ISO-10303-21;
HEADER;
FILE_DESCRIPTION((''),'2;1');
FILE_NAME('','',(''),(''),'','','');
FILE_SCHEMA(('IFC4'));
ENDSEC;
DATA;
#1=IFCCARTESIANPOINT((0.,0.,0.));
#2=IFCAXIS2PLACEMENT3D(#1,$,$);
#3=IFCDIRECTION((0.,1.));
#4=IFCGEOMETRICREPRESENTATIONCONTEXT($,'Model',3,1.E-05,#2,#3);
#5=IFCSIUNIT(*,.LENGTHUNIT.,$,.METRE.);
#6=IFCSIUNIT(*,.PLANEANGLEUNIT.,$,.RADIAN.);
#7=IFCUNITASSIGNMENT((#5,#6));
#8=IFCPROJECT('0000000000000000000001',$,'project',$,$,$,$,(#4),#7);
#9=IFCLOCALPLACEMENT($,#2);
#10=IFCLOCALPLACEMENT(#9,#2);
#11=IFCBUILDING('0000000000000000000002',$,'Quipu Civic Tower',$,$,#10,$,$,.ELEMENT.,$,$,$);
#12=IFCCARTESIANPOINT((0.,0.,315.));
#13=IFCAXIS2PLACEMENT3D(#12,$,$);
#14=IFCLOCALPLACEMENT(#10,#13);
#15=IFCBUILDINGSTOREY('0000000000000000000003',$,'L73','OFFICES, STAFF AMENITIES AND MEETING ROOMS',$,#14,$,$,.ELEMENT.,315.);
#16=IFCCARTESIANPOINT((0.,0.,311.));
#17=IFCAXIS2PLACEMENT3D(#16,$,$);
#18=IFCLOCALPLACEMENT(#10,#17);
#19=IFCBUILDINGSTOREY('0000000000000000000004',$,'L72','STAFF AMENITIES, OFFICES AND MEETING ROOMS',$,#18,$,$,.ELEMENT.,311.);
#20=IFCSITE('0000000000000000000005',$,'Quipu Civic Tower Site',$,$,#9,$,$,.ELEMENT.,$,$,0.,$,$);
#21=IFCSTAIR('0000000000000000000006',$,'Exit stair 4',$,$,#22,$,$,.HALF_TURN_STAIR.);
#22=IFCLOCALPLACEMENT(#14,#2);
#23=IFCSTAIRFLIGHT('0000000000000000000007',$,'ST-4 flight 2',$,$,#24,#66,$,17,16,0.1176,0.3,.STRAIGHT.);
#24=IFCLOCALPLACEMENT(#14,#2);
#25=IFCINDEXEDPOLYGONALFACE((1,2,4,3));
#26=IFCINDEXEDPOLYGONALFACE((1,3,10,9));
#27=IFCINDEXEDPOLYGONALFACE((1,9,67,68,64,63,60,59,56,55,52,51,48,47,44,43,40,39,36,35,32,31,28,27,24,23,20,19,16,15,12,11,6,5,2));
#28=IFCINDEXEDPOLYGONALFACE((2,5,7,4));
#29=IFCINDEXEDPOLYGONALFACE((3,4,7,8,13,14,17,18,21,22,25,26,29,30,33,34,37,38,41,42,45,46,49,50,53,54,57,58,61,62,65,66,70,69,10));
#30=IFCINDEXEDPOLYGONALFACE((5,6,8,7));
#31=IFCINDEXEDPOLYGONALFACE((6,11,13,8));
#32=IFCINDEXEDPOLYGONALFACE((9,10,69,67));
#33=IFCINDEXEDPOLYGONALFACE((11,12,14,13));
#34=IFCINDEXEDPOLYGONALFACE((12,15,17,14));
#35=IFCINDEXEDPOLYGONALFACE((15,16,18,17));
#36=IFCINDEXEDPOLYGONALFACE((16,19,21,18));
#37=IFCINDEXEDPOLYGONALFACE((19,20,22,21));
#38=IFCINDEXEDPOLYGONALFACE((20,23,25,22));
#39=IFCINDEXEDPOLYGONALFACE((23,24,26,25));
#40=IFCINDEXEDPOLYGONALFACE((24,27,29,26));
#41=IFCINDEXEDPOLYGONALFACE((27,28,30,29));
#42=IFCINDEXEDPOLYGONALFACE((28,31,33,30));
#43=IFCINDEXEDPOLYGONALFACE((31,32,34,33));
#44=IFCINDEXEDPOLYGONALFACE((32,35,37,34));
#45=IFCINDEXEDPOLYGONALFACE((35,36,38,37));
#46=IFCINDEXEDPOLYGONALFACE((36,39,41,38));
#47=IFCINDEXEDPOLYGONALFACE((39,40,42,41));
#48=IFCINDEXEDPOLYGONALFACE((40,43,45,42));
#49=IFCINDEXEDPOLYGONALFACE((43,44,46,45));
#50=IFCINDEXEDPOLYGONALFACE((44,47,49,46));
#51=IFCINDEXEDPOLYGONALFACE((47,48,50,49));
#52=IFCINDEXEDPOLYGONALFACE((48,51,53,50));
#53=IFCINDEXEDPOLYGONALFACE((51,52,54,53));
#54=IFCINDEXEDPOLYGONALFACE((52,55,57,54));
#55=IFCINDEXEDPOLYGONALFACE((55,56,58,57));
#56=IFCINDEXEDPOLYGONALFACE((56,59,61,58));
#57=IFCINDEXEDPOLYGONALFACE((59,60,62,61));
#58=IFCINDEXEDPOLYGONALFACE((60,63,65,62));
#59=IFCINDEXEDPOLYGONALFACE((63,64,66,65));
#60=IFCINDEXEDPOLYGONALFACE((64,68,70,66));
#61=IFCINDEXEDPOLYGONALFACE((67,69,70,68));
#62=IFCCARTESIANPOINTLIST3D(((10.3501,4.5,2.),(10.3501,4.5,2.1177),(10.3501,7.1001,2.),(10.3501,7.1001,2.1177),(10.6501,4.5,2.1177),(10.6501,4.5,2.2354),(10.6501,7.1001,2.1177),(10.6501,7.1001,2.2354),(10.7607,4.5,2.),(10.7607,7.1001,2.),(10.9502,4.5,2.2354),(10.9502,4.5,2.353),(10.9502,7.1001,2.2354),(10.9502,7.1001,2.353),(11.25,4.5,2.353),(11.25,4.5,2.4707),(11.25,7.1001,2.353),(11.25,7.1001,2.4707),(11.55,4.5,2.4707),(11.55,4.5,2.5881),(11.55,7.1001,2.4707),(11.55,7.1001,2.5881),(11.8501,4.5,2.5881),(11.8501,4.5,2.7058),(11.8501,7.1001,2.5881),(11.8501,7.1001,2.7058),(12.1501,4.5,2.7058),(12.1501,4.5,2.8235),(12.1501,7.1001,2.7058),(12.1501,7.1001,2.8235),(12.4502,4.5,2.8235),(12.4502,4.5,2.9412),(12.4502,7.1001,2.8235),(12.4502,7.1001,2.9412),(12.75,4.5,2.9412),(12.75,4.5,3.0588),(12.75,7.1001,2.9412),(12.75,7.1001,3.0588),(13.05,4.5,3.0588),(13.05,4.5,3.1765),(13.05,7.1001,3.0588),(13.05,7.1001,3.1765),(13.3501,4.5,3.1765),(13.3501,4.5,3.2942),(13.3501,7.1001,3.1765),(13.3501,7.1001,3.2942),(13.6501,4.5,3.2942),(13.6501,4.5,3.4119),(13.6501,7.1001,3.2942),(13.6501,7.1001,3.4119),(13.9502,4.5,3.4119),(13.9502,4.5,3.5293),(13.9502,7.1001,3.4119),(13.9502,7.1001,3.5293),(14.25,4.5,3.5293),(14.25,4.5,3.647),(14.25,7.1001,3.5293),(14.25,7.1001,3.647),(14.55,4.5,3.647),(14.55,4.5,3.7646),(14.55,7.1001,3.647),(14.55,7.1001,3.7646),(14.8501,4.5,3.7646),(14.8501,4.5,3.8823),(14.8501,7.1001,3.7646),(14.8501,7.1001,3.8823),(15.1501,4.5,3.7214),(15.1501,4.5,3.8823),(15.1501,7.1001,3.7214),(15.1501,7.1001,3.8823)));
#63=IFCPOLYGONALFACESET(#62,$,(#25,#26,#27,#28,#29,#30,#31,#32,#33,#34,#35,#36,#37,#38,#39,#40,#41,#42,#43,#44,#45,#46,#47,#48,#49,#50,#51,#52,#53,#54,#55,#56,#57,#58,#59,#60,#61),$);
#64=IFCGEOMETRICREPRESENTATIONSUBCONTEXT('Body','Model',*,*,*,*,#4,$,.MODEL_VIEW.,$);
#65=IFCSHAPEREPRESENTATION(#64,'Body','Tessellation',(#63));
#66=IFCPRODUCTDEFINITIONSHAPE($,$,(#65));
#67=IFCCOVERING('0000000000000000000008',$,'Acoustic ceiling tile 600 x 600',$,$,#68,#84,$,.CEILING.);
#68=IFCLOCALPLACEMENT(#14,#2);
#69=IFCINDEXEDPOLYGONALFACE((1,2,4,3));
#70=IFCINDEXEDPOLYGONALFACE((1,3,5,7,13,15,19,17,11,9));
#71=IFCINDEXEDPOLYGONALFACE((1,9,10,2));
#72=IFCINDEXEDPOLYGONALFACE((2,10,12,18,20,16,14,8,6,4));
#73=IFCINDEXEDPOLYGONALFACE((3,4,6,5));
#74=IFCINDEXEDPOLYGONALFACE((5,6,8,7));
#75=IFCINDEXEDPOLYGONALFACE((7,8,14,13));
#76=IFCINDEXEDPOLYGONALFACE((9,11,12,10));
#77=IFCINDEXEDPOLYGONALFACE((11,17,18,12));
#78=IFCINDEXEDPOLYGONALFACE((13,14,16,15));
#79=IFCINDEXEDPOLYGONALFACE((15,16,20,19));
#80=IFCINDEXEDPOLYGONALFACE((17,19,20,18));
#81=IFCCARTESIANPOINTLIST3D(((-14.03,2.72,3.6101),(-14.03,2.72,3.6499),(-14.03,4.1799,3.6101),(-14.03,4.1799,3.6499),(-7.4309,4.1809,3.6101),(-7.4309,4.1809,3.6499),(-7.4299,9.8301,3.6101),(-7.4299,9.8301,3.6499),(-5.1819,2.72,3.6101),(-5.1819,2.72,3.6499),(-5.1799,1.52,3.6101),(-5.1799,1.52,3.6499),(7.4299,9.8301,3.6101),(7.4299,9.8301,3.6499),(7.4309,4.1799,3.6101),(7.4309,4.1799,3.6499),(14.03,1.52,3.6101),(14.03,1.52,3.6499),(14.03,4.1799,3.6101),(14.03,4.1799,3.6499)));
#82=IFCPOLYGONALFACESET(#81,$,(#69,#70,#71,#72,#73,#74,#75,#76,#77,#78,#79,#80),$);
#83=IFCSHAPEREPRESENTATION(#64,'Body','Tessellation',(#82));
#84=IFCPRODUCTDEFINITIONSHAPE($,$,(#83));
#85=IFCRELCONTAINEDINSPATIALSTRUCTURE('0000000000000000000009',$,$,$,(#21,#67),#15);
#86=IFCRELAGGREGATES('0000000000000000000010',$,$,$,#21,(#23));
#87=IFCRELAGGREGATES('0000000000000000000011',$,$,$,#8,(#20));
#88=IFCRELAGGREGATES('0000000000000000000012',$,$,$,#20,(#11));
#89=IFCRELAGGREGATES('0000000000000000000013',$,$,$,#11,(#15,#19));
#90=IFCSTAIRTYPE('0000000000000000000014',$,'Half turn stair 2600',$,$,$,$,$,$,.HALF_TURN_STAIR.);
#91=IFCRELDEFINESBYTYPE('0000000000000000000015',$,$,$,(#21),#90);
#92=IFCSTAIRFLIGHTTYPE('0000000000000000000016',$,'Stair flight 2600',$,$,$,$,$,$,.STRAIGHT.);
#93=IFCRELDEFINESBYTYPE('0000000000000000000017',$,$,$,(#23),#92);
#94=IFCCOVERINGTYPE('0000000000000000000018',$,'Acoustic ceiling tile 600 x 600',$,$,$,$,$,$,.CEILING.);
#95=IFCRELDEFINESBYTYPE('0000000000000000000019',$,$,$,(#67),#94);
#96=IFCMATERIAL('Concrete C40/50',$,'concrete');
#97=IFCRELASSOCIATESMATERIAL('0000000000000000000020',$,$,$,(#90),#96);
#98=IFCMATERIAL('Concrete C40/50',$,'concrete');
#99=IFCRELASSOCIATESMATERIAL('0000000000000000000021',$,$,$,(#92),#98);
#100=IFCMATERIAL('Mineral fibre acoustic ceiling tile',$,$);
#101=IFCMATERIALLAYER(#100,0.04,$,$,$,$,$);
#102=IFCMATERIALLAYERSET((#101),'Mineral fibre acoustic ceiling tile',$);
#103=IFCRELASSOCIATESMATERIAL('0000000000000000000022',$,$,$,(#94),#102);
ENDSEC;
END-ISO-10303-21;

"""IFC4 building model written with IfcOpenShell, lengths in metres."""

from ifc_helpers import new_model, si_unit, direction, frame, origin, place, context, subcontext, project, spatial, polyline, outline, extrude, material, layer, layer_set, type_object, element, aggregate, save


model = new_model("IFC4")

# Units and contexts
model_context = context("Model", 3, precision=1e-05, world=origin(), true_north=direction((0.0, 1.0)))
body_context = subcontext(model_context, "Body", "Model", "MODEL_VIEW")
ifc_project = project(units=[si_unit("LENGTHUNIT", "METRE"), si_unit("PLANEANGLEUNIT", "RADIAN")], contexts=[model_context])

# Site, building, storey
site_placement = place(None, origin())
site = spatial("IfcSite", under=ifc_project, at=site_placement, Name="Quipu Civic Tower Site", CompositionType="ELEMENT", RefElevation=0.0)
building_placement = place(site_placement, origin())
building = spatial("IfcBuilding", under=site, at=building_placement, Name="Quipu Civic Tower", CompositionType="ELEMENT")
storey_1_placement = place(building_placement, frame((0.0, 0.0, 315.0)))
storey_1 = spatial("IfcBuildingStorey", under=building, at=storey_1_placement, Name="L73", Description="OFFICES, STAFF AMENITIES AND MEETING ROOMS", CompositionType="ELEMENT", Elevation=315.0)

# Shared definitions
storey_2_placement = place(building_placement, frame((0.0, 0.0, 311.0)))
storey_2 = spatial("IfcBuildingStorey", under=building, at=storey_2_placement, Name="L72", Description="STAFF AMENITIES, OFFICES AND MEETING ROOMS", CompositionType="ELEMENT", Elevation=311.0)

# Stair, stair flight
ifc_material_1 = material(Name="Concrete C40/50", Category="concrete")
stair_type = type_object("IfcStairType", Name="Half turn stair 2600", PredefinedType="HALF_TURN_STAIR", material=ifc_material_1)
stair_placement = place(storey_1_placement, origin())
stair = element("IfcStair", 1, at=stair_placement, inside=storey_1, type_object=stair_type, Name="Exit stair 4", PredefinedType="HALF_TURN_STAIR")
ifc_material_2 = material(Name="Concrete C40/50", Category="concrete")
stair_flight_type = type_object("IfcStairFlightType", Name="Stair flight 2600", PredefinedType="STRAIGHT", material=ifc_material_2)
stair_flight_placement = place(storey_1_placement, frame((10.3501, 5.8, 2.0), z_axis=(0.0, 0.0, 1.0), x_axis=(1.0, 0.0, 0.0)))
stair_flight = element("IfcStairFlight", 2, at=stair_flight_placement, type_object=stair_flight_type, Name="ST-4 flight 2", NumberOfRisers=17, NumberOfTreads=16, PredefinedType="STRAIGHT", RiserHeight=0.1176, TreadLength=0.3, context=body_context, shape_type="SweptSolid", body=[
    extrude(outline(polyline([(0.0, 0.0), (0.0, 0.1177), (0.3, 0.1177), (0.3, 0.2354), (0.6001, 0.2354), (0.6001, 0.353), (0.8999, 0.353), (0.8999, 0.4707), (1.2, 0.4707), (1.2, 0.5881), (1.5, 0.5881), (1.5, 0.7058), (1.8, 0.7058), (1.8, 0.8235), (2.1001, 0.8235), (2.1001, 0.9412), (2.3999, 0.9412), (2.3999, 1.0588), (2.7, 1.0588), (2.7, 1.1765), (3.0, 1.1765), (3.0, 1.2942), (3.3, 1.2942), (3.3, 1.4119), (3.6001, 1.4119), (3.6001, 1.5293), (3.8999, 1.5293), (3.8999, 1.647), (4.2, 1.647), (4.2, 1.7646), (4.5, 1.7646), (4.5, 1.8823), (4.8, 1.8823), (4.8, 2.0), (4.8, 1.7214), (0.4106, 0.0), (0.0, 0.0)])), frame((0.0, 1.3, 0.0), z_axis=(0.0, -1.0, 0.0), x_axis=(1.0, 0.0, 0.0)), (0.0, 0.0, 1.0), 2.6001),
])
aggregate(stair, [stair_flight])

# Covering
ifc_material_3 = material(Name="Mineral fibre acoustic ceiling tile")
ifc_layer_1 = layer(ifc_material_3, 0.04)
ifc_layer_set_1 = layer_set([ifc_layer_1], Name="Mineral fibre acoustic ceiling tile")
covering_type = type_object("IfcCoveringType", Name="Acoustic ceiling tile 600 x 600", PredefinedType="CEILING", material=ifc_layer_set_1)
covering_placement = place(storey_1_placement, frame((0.0, 0.0, 3.6101)))
element("IfcCovering", 3, at=covering_placement, inside=storey_1, type_object=covering_type, Name="Acoustic ceiling tile 600 x 600", PredefinedType="CEILING", context=body_context, shape_type="SweptSolid", body=[
    extrude(outline(polyline([(-14.03, 2.72), (-14.03, 4.1799), (-7.4309, 4.1809), (-7.4299, 9.8301), (7.4299, 9.8301), (7.4309, 4.1799), (14.03, 4.1799), (14.03, 1.52), (-5.1799, 1.52), (-5.1819, 2.72), (-14.03, 2.72)])), origin(), (0.0, 0.0, 1.0), 0.0398),
])

save(model, "model.ifc")
